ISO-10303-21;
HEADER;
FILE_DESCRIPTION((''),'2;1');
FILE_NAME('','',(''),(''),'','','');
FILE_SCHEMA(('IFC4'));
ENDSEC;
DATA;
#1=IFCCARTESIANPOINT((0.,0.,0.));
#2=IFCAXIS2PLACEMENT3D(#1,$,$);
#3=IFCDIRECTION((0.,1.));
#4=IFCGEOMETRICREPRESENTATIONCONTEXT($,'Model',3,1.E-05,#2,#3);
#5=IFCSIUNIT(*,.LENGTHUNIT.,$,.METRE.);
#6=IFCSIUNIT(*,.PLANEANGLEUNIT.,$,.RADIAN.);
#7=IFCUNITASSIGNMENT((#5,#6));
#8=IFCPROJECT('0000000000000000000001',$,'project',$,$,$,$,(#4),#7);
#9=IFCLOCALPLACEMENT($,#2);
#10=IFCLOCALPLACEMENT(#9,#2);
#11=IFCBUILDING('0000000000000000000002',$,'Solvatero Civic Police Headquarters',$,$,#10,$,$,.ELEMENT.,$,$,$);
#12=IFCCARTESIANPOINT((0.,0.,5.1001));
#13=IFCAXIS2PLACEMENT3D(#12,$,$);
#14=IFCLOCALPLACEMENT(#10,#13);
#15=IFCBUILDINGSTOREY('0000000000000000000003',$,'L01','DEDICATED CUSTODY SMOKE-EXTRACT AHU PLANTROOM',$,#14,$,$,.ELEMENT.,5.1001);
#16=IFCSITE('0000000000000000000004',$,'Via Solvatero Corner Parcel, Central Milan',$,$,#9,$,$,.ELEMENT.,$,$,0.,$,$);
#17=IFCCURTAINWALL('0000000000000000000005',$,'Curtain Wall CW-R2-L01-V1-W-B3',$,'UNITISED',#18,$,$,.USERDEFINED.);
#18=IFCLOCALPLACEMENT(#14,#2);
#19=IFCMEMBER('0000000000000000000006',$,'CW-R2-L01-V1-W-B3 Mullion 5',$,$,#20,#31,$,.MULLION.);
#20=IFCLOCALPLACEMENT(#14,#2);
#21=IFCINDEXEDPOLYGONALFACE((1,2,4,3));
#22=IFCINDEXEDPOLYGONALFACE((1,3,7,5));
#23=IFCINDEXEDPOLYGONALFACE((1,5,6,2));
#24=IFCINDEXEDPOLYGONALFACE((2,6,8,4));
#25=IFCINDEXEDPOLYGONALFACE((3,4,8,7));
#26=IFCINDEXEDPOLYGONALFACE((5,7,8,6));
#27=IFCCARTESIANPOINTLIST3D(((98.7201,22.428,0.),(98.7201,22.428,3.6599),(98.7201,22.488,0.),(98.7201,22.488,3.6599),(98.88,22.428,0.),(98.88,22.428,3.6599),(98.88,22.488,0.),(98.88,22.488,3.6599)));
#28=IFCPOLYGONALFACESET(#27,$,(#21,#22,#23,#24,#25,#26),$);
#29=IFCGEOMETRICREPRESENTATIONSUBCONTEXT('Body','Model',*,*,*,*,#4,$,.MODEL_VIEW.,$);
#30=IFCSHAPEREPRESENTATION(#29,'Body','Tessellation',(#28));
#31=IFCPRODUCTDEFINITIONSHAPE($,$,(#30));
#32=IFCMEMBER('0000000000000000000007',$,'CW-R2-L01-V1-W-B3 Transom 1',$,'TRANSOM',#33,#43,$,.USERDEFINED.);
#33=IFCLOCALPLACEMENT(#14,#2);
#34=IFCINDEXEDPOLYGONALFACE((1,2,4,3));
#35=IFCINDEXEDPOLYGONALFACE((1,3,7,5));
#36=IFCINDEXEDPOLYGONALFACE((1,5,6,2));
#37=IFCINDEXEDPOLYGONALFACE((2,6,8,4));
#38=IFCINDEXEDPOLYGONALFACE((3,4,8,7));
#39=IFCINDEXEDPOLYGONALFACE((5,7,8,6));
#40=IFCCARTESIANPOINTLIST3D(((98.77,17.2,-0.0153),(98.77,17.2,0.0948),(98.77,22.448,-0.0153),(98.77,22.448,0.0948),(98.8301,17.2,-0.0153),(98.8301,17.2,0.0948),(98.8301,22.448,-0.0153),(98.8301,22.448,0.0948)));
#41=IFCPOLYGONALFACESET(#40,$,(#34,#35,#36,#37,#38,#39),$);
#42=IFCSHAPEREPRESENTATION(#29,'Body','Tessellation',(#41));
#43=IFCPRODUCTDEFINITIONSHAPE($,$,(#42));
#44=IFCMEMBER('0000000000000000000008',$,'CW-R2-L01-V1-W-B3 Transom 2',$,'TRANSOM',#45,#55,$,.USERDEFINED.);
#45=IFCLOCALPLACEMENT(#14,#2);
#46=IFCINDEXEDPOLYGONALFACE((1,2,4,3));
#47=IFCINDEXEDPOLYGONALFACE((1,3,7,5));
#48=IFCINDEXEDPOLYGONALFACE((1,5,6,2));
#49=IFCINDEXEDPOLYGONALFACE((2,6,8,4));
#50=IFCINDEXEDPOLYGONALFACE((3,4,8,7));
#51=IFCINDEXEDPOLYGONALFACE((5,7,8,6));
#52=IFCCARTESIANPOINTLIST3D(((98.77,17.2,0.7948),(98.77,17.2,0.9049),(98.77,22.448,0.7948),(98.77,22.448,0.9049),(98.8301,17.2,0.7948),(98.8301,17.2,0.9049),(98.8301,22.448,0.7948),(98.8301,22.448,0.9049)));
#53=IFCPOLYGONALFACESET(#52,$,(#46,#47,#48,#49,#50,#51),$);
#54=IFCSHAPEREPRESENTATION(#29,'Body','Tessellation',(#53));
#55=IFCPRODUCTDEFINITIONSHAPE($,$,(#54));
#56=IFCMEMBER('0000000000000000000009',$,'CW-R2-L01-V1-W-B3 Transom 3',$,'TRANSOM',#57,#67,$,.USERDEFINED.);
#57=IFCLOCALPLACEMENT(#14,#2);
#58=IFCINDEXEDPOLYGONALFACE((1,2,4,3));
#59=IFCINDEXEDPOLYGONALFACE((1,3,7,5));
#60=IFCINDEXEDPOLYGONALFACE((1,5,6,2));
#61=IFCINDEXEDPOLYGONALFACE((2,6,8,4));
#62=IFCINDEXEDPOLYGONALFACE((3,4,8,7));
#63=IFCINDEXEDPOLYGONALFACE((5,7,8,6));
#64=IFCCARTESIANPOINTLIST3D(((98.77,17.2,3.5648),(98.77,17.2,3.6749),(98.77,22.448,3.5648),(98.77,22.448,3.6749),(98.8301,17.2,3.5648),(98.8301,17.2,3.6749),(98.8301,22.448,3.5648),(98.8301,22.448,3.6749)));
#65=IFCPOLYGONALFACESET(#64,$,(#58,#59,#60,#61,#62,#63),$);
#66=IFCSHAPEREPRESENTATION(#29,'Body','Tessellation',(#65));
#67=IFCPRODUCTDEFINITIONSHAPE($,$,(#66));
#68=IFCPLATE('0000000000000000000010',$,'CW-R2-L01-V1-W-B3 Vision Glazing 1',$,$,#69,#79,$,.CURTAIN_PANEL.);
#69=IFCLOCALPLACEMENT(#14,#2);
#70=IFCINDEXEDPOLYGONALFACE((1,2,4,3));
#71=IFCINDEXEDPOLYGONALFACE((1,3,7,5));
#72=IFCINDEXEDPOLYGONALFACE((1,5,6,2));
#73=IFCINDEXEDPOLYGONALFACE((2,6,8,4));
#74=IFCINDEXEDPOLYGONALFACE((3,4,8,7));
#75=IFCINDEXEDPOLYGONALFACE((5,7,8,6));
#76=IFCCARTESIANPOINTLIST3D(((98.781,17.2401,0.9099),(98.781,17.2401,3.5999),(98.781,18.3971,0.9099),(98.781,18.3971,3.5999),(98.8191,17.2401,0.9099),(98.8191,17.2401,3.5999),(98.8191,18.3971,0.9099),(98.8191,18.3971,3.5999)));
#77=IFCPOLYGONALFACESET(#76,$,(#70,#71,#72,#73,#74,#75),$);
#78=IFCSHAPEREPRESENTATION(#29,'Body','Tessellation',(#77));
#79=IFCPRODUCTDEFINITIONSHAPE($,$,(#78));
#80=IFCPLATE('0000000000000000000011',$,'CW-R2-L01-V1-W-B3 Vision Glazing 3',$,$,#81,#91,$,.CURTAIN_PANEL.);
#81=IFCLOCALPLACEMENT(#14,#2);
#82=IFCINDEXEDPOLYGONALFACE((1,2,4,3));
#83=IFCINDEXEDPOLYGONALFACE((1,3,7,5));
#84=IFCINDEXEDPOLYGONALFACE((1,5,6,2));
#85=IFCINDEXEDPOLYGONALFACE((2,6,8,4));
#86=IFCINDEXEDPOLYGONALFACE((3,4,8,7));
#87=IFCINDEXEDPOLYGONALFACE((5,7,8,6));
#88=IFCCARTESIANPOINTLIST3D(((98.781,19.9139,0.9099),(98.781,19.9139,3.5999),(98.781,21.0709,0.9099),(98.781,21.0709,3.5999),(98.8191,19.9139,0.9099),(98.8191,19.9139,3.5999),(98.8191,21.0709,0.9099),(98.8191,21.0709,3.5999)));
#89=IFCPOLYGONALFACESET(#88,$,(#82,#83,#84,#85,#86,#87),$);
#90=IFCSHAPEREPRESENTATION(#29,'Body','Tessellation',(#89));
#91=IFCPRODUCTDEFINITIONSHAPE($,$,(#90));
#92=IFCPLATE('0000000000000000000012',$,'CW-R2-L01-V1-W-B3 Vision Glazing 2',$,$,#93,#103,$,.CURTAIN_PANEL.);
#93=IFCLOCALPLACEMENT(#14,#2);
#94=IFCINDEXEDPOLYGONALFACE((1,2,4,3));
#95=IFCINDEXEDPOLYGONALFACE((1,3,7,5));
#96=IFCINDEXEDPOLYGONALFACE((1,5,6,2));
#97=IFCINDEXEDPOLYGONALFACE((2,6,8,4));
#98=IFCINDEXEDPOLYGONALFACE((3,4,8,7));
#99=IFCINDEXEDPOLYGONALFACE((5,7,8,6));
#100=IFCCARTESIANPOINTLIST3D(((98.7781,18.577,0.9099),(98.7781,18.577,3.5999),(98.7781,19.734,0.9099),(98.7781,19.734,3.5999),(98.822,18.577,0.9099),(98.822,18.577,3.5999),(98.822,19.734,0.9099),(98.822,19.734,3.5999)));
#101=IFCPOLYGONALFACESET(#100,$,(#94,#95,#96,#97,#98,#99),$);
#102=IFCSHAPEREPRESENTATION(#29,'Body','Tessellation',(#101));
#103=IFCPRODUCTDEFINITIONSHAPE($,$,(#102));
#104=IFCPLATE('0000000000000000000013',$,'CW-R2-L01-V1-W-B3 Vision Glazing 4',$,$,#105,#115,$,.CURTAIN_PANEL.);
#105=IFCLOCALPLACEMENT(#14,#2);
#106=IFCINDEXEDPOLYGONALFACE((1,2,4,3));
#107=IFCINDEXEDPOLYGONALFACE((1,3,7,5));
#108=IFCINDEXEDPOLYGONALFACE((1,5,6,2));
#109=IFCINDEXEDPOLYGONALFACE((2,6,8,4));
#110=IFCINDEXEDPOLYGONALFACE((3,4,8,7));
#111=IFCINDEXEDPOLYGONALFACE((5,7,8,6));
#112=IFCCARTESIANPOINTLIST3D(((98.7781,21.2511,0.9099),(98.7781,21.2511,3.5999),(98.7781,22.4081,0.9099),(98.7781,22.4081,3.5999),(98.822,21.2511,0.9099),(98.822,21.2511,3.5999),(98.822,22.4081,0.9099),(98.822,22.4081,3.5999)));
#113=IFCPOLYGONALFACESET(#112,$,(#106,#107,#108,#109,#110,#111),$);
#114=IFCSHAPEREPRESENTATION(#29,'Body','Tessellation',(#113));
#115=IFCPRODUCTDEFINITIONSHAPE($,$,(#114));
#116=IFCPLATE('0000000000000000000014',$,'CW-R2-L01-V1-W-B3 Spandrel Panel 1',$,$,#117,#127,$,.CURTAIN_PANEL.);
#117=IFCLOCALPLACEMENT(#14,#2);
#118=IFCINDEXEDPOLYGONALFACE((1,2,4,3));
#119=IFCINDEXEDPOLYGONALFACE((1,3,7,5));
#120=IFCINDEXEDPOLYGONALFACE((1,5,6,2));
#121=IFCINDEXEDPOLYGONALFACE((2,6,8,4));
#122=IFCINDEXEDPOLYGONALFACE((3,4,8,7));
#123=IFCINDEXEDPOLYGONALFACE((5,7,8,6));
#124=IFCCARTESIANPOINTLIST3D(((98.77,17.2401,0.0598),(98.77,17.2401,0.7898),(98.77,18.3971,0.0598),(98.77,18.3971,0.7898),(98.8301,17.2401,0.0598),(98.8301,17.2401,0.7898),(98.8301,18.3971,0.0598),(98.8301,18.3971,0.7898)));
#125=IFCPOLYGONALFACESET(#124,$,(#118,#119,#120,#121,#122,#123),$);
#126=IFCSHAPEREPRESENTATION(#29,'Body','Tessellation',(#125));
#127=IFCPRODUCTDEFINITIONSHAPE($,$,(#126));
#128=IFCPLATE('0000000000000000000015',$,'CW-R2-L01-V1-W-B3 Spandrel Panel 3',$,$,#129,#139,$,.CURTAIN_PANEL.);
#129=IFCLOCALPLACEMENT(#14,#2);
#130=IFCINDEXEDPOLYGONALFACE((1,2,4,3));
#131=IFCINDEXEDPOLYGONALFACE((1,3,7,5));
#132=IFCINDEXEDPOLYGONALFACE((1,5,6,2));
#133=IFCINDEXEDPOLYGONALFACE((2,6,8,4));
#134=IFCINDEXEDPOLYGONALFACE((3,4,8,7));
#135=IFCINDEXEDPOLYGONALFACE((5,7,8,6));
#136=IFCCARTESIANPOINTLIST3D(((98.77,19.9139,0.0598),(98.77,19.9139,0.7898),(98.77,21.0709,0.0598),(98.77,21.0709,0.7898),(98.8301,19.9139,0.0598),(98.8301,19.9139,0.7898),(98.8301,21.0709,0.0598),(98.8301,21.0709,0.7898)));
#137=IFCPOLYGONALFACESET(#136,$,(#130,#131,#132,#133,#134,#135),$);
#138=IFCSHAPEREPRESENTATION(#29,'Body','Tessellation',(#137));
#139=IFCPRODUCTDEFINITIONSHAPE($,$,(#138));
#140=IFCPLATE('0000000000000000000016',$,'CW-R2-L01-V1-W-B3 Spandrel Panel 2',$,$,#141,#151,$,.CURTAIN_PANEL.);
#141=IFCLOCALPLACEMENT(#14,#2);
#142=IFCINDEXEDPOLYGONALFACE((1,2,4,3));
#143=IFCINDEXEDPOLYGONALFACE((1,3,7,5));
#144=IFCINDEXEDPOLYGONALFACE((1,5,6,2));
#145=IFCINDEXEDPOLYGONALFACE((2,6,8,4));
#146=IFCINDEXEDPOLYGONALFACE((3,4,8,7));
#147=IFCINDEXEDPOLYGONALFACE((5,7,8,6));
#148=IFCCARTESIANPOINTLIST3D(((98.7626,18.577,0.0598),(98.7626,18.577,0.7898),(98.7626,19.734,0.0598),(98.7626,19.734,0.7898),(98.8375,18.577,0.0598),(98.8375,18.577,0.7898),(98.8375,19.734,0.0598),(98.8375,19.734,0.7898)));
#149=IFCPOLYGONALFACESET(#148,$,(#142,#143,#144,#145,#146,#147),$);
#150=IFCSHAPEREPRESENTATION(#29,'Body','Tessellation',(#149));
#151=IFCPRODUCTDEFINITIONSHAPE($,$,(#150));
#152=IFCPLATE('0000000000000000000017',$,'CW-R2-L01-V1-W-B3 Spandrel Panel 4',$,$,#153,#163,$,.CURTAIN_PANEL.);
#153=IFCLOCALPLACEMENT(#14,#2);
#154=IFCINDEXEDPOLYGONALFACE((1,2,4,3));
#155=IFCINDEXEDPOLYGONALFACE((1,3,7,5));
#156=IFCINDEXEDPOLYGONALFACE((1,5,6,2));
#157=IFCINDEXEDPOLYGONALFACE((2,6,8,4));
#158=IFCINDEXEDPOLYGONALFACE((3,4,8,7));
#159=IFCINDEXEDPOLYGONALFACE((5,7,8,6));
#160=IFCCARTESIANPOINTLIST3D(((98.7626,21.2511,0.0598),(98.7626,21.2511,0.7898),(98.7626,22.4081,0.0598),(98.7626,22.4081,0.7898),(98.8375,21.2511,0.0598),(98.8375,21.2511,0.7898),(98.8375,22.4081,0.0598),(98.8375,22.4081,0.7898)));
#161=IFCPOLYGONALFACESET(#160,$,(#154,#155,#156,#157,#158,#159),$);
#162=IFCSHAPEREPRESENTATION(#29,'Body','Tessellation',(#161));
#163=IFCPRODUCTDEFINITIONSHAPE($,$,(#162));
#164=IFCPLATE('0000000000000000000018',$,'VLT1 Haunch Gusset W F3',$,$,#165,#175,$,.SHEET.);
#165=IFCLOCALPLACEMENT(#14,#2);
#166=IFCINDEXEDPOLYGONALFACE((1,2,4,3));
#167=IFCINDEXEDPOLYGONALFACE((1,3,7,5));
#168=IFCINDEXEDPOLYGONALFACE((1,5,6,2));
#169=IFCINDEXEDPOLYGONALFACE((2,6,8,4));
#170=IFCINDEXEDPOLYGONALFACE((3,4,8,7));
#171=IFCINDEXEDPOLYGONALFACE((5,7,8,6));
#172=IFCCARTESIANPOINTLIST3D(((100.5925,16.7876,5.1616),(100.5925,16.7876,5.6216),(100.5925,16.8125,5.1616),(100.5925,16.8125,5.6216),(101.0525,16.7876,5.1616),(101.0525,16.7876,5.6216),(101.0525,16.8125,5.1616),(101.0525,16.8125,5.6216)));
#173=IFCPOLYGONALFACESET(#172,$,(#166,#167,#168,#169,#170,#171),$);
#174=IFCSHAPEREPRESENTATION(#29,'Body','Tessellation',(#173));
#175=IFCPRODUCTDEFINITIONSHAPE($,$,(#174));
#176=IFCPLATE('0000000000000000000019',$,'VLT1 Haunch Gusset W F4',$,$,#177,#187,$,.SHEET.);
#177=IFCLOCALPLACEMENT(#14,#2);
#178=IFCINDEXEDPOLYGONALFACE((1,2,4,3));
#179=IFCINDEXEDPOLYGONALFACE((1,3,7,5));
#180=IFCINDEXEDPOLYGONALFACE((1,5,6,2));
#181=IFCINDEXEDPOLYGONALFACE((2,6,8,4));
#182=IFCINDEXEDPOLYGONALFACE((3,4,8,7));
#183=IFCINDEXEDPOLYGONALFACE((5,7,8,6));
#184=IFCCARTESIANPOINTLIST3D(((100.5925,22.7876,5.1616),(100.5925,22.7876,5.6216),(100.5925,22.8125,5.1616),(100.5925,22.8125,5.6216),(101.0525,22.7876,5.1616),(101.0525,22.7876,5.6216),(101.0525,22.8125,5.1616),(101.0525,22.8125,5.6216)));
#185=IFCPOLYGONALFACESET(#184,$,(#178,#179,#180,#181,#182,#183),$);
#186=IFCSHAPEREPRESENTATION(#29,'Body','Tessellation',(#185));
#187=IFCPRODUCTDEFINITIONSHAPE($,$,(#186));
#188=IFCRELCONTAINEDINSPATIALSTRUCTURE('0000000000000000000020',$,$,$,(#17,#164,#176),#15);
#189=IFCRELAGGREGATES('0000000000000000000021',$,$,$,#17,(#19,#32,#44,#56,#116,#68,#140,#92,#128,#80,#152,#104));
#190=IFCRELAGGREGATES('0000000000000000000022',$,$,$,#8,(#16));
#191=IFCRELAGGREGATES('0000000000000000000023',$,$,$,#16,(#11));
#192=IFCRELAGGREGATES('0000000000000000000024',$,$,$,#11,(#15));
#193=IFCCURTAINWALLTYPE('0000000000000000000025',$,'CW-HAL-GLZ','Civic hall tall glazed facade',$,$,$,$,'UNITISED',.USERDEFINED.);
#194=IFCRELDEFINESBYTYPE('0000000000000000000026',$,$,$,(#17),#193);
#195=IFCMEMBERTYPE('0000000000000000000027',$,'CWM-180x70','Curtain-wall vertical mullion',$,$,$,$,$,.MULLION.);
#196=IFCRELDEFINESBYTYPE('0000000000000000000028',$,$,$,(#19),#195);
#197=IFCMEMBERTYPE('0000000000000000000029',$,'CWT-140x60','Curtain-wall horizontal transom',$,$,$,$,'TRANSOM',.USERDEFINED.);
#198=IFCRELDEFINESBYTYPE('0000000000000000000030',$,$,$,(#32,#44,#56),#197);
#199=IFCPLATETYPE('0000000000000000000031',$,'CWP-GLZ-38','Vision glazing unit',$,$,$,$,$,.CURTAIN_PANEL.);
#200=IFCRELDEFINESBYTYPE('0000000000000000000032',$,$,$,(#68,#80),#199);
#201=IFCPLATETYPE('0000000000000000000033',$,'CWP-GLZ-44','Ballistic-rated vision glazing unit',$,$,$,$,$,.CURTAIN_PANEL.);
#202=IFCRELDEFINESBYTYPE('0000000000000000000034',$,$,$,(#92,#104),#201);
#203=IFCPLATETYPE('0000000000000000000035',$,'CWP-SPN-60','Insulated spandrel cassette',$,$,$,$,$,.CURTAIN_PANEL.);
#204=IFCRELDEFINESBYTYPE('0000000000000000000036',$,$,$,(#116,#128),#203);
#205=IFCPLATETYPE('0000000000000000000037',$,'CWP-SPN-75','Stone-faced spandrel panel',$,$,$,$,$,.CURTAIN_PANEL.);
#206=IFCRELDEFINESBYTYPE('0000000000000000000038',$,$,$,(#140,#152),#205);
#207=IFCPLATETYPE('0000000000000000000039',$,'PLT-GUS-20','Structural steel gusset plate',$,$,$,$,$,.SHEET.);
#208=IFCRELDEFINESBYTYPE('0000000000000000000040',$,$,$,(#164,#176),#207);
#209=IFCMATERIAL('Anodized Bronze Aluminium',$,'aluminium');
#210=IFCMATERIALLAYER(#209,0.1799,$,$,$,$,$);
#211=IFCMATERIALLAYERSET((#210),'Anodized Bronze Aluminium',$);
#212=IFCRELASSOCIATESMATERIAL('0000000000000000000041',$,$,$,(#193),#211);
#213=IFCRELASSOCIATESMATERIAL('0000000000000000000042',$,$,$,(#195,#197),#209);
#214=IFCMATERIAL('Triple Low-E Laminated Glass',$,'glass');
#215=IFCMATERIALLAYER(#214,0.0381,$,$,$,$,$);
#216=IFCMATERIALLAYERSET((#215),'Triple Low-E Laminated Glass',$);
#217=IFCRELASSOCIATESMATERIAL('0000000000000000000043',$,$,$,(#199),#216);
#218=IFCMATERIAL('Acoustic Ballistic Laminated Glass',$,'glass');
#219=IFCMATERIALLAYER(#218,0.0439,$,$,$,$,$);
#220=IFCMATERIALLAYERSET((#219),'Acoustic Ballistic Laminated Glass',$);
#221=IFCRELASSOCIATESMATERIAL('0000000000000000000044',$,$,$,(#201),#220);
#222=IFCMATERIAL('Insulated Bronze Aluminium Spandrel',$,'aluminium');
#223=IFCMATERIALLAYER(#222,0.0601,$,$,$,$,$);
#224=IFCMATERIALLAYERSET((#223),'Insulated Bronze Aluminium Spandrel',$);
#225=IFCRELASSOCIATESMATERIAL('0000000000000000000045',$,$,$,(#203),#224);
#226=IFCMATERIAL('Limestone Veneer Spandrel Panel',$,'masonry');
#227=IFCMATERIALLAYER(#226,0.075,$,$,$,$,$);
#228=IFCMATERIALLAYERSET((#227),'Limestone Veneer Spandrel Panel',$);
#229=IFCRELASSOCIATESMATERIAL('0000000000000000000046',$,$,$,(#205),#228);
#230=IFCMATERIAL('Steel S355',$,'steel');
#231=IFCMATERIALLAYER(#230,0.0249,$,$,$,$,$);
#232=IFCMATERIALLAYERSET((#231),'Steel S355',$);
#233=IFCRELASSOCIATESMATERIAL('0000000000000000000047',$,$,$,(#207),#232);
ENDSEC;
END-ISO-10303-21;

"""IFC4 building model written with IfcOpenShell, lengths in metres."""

from ifc_helpers import new_model, si_unit, direction, frame, origin, origin_2d, place, context, subcontext, project, spatial, rectangle, extrude, material, layer, layer_set, material_profile, profile_set, type_object, element, aggregate, save


model = new_model("IFC4")

# Units and contexts
model_context = context("Model", 3, precision=1e-05, world=origin(), true_north=direction((0.0, 1.0)))
body_context = subcontext(model_context, "Body", "Model", "MODEL_VIEW")
ifc_project = project(units=[si_unit("LENGTHUNIT", "METRE"), si_unit("PLANEANGLEUNIT", "RADIAN")], contexts=[model_context])

# Site, building, storey
site_placement = place(None, origin())
site = spatial("IfcSite", under=ifc_project, at=site_placement, Name="Via Solvatero Corner Parcel, Central Milan", CompositionType="ELEMENT", RefElevation=0.0)
building_placement = place(site_placement, origin())
building = spatial("IfcBuilding", under=site, at=building_placement, Name="Solvatero Civic Police Headquarters", CompositionType="ELEMENT")
storey_placement = place(building_placement, frame((0.0, 0.0, 5.1001)))
storey = spatial("IfcBuildingStorey", under=building, at=storey_placement, Name="L01", Description="DEDICATED CUSTODY SMOKE-EXTRACT AHU PLANTROOM", CompositionType="ELEMENT", Elevation=5.1001)

# Shared definitions
ifc_material_1 = material(Name="Steel S355", Category="steel")

# Curtain wall, members, plates
ifc_material_2 = material(Name="Anodized Bronze Aluminium", Category="aluminium")
ifc_layer_1 = layer(ifc_material_2, 0.1799)
ifc_layer_set_1 = layer_set([ifc_layer_1], Name="Anodized Bronze Aluminium")
curtain_wall_type = type_object("IfcCurtainWallType", Name="CW-HAL-GLZ", Description="Civic hall tall glazed facade", ElementType="UNITISED", PredefinedType="USERDEFINED", material=ifc_layer_set_1)
curtain_wall_placement = place(storey_placement, origin())
curtain_wall = element("IfcCurtainWall", 1, at=curtain_wall_placement, inside=storey, type_object=curtain_wall_type, Name="Curtain Wall CW-R2-L01-V1-W-B3", ObjectType="UNITISED", PredefinedType="USERDEFINED")
ifc_material_profile_1 = material_profile(ifc_material_2, rectangle(XDim=0.0601, YDim=0.1599, at=origin_2d()), Name="ALU MULLION 60x160")
ifc_profile_set_1 = profile_set([ifc_material_profile_1], Name="Anodized Bronze Aluminium")
member_type_1 = type_object("IfcMemberType", Name="CWM-180x70", Description="Curtain-wall vertical mullion", PredefinedType="MULLION", material=ifc_profile_set_1)
member_1_placement = place(storey_placement, frame((98.8, 22.458, 0.0), z_axis=(0.0, 0.0, 1.0), x_axis=(0.0, 1.0, 0.0)))
member_1 = element("IfcMember", 2, at=member_1_placement, type_object=member_type_1, Name="CW-R2-L01-V1-W-B3 Mullion 5", PredefinedType="MULLION", context=body_context, shape_type="SweptSolid", body=[
    extrude(rectangle(XDim=0.0601, YDim=0.1599, at=origin_2d()), origin(), (0.0, 0.0, 1.0), 3.6599),
])
ifc_material_profile_2 = material_profile(ifc_material_2, rectangle(XDim=0.0601, YDim=0.1101, at=origin_2d()), Name="ALU TRANSOM 60x110")
ifc_profile_set_2 = profile_set([ifc_material_profile_2], Name="Anodized Bronze Aluminium")
member_type_2 = type_object("IfcMemberType", Name="CWT-140x60", Description="Curtain-wall horizontal transom", ElementType="TRANSOM", PredefinedType="USERDEFINED", material=ifc_profile_set_2)
member_2_placement = place(storey_placement, frame((98.8, 17.2, 0.0398), z_axis=(0.0, 1.0, 0.0), x_axis=(-1.0, 0.0, 0.0)))
member_2 = element("IfcMember", 3, at=member_2_placement, type_object=member_type_2, Name="CW-R2-L01-V1-W-B3 Transom 1", ObjectType="TRANSOM", PredefinedType="USERDEFINED", context=body_context, shape_type="SweptSolid", body=[
    extrude(rectangle(XDim=0.0601, YDim=0.1101, at=origin_2d()), origin(), (0.0, 0.0, 1.0), 5.248),
])
member_3_placement = place(storey_placement, frame((98.8, 17.2, 0.8499), z_axis=(0.0, 1.0, 0.0), x_axis=(-1.0, 0.0, 0.0)))
member_3 = element("IfcMember", 4, at=member_3_placement, type_object=member_type_2, Name="CW-R2-L01-V1-W-B3 Transom 2", ObjectType="TRANSOM", PredefinedType="USERDEFINED", context=body_context, shape_type="SweptSolid", body=[
    extrude(rectangle(XDim=0.0601, YDim=0.1101, at=origin_2d()), origin(), (0.0, 0.0, 1.0), 5.248),
])
member_4_placement = place(storey_placement, frame((98.8, 17.2, 3.6199), z_axis=(0.0, 1.0, 0.0), x_axis=(-1.0, 0.0, 0.0)))
member_4 = element("IfcMember", 5, at=member_4_placement, type_object=member_type_2, Name="CW-R2-L01-V1-W-B3 Transom 3", ObjectType="TRANSOM", PredefinedType="USERDEFINED", context=body_context, shape_type="SweptSolid", body=[
    extrude(rectangle(XDim=0.0601, YDim=0.1101, at=origin_2d()), origin(), (0.0, 0.0, 1.0), 5.248),
])
ifc_material_3 = material(Name="Triple Low-E Laminated Glass", Category="glass")
ifc_layer_2 = layer(ifc_material_3, 0.0381)
ifc_layer_set_2 = layer_set([ifc_layer_2], Name="Triple Low-E Laminated Glass")
plate_type_1 = type_object("IfcPlateType", Name="CWP-GLZ-38", Description="Vision glazing unit", PredefinedType="CURTAIN_PANEL", material=ifc_layer_set_2)
plate_1_placement = place(storey_placement, frame((98.8, 17.8186, 0.9099), z_axis=(0.0, 0.0, 1.0), x_axis=(0.0, 1.0, 0.0)))
plate_1 = element("IfcPlate", 6, at=plate_1_placement, type_object=plate_type_1, Name="CW-R2-L01-V1-W-B3 Vision Glazing 1", PredefinedType="CURTAIN_PANEL", context=body_context, shape_type="SweptSolid", body=[
    extrude(rectangle(XDim=1.157, YDim=0.0381, at=origin_2d()), origin(), (0.0, 0.0, 1.0), 2.6899),
])
plate_2_placement = place(storey_placement, frame((98.8, 20.4924, 0.9099), z_axis=(0.0, 0.0, 1.0), x_axis=(0.0, 1.0, 0.0)))
plate_2 = element("IfcPlate", 7, at=plate_2_placement, type_object=plate_type_1, Name="CW-R2-L01-V1-W-B3 Vision Glazing 3", PredefinedType="CURTAIN_PANEL", context=body_context, shape_type="SweptSolid", body=[
    extrude(rectangle(XDim=1.157, YDim=0.0381, at=origin_2d()), origin(), (0.0, 0.0, 1.0), 2.6899),
])
ifc_material_4 = material(Name="Acoustic Ballistic Laminated Glass", Category="glass")
ifc_layer_3 = layer(ifc_material_4, 0.0439)
ifc_layer_set_3 = layer_set([ifc_layer_3], Name="Acoustic Ballistic Laminated Glass")
plate_type_2 = type_object("IfcPlateType", Name="CWP-GLZ-44", Description="Ballistic-rated vision glazing unit", PredefinedType="CURTAIN_PANEL", material=ifc_layer_set_3)
plate_3_placement = place(storey_placement, frame((98.8, 19.1555, 0.9099), z_axis=(0.0, 0.0, 1.0), x_axis=(0.0, 1.0, 0.0)))
plate_3 = element("IfcPlate", 8, at=plate_3_placement, type_object=plate_type_2, Name="CW-R2-L01-V1-W-B3 Vision Glazing 2", PredefinedType="CURTAIN_PANEL", context=body_context, shape_type="SweptSolid", body=[
    extrude(rectangle(XDim=1.157, YDim=0.0439, at=origin_2d()), origin(), (0.0, 0.0, 1.0), 2.6899),
])
plate_4_placement = place(storey_placement, frame((98.8, 21.8296, 0.9099), z_axis=(0.0, 0.0, 1.0), x_axis=(0.0, 1.0, 0.0)))
plate_4 = element("IfcPlate", 9, at=plate_4_placement, type_object=plate_type_2, Name="CW-R2-L01-V1-W-B3 Vision Glazing 4", PredefinedType="CURTAIN_PANEL", context=body_context, shape_type="SweptSolid", body=[
    extrude(rectangle(XDim=1.157, YDim=0.0439, at=origin_2d()), origin(), (0.0, 0.0, 1.0), 2.6899),
])
ifc_material_5 = material(Name="Insulated Bronze Aluminium Spandrel", Category="aluminium")
ifc_layer_4 = layer(ifc_material_5, 0.0601)
ifc_layer_set_4 = layer_set([ifc_layer_4], Name="Insulated Bronze Aluminium Spandrel")
plate_type_3 = type_object("IfcPlateType", Name="CWP-SPN-60", Description="Insulated spandrel cassette", PredefinedType="CURTAIN_PANEL", material=ifc_layer_set_4)
plate_5_placement = place(storey_placement, frame((98.8, 17.8186, 0.0598), z_axis=(0.0, 0.0, 1.0), x_axis=(0.0, 1.0, 0.0)))
plate_5 = element("IfcPlate", 10, at=plate_5_placement, type_object=plate_type_3, Name="CW-R2-L01-V1-W-B3 Spandrel Panel 1", PredefinedType="CURTAIN_PANEL", context=body_context, shape_type="SweptSolid", body=[
    extrude(rectangle(XDim=1.157, YDim=0.0601, at=origin_2d()), origin(), (0.0, 0.0, 1.0), 0.73),
])
plate_6_placement = place(storey_placement, frame((98.8, 20.4924, 0.0598), z_axis=(0.0, 0.0, 1.0), x_axis=(0.0, 1.0, 0.0)))
plate_6 = element("IfcPlate", 11, at=plate_6_placement, type_object=plate_type_3, Name="CW-R2-L01-V1-W-B3 Spandrel Panel 3", PredefinedType="CURTAIN_PANEL", context=body_context, shape_type="SweptSolid", body=[
    extrude(rectangle(XDim=1.157, YDim=0.0601, at=origin_2d()), origin(), (0.0, 0.0, 1.0), 0.73),
])
ifc_material_6 = material(Name="Limestone Veneer Spandrel Panel", Category="masonry")
ifc_layer_5 = layer(ifc_material_6, 0.075)
ifc_layer_set_5 = layer_set([ifc_layer_5], Name="Limestone Veneer Spandrel Panel")
plate_type_4 = type_object("IfcPlateType", Name="CWP-SPN-75", Description="Stone-faced spandrel panel", PredefinedType="CURTAIN_PANEL", material=ifc_layer_set_5)
plate_7_placement = place(storey_placement, frame((98.8, 19.1555, 0.0598), z_axis=(0.0, 0.0, 1.0), x_axis=(0.0, 1.0, 0.0)))
plate_7 = element("IfcPlate", 12, at=plate_7_placement, type_object=plate_type_4, Name="CW-R2-L01-V1-W-B3 Spandrel Panel 2", PredefinedType="CURTAIN_PANEL", context=body_context, shape_type="SweptSolid", body=[
    extrude(rectangle(XDim=1.157, YDim=0.075, at=origin_2d()), origin(), (0.0, 0.0, 1.0), 0.73),
])
plate_8_placement = place(storey_placement, frame((98.8, 21.8296, 0.0598), z_axis=(0.0, 0.0, 1.0), x_axis=(0.0, 1.0, 0.0)))
plate_8 = element("IfcPlate", 13, at=plate_8_placement, type_object=plate_type_4, Name="CW-R2-L01-V1-W-B3 Spandrel Panel 4", PredefinedType="CURTAIN_PANEL", context=body_context, shape_type="SweptSolid", body=[
    extrude(rectangle(XDim=1.157, YDim=0.075, at=origin_2d()), origin(), (0.0, 0.0, 1.0), 0.73),
])
aggregate(curtain_wall, [member_1, member_2, member_3, member_4, plate_5, plate_1, plate_7, plate_3, plate_6, plate_2, plate_8, plate_4])

# Plates
ifc_layer_6 = layer(ifc_material_1, 0.0249)
ifc_layer_set_6 = layer_set([ifc_layer_6], Name="Steel S355")
plate_type_5 = type_object("IfcPlateType", Name="PLT-GUS-20", Description="Structural steel gusset plate", PredefinedType="SHEET", material=ifc_layer_set_6)
for number, where, z_axis, x_axis, name in (
    (14, (100.8225, 16.8, 5.1616), (0.0, 0.0, 1.0), (1.0, 0.0, 0.0), "VLT1 Haunch Gusset W F3"),
    (15, (100.8225, 22.8, 5.1616), (0.0, 0.0, 1.0), (1.0, 0.0, 0.0), "VLT1 Haunch Gusset W F4"),
):
    element("IfcPlate", number, at=place(storey_placement, frame(where, z_axis=z_axis, x_axis=x_axis)), inside=storey, type_object=plate_type_5, Name=name, PredefinedType="SHEET", context=body_context, shape_type="SweptSolid", body=[
        extrude(rectangle(XDim=0.46, YDim=0.0249, at=origin_2d()), origin(), (0.0, 0.0, 1.0), 0.46),
    ])

save(model, "model.ifc")
